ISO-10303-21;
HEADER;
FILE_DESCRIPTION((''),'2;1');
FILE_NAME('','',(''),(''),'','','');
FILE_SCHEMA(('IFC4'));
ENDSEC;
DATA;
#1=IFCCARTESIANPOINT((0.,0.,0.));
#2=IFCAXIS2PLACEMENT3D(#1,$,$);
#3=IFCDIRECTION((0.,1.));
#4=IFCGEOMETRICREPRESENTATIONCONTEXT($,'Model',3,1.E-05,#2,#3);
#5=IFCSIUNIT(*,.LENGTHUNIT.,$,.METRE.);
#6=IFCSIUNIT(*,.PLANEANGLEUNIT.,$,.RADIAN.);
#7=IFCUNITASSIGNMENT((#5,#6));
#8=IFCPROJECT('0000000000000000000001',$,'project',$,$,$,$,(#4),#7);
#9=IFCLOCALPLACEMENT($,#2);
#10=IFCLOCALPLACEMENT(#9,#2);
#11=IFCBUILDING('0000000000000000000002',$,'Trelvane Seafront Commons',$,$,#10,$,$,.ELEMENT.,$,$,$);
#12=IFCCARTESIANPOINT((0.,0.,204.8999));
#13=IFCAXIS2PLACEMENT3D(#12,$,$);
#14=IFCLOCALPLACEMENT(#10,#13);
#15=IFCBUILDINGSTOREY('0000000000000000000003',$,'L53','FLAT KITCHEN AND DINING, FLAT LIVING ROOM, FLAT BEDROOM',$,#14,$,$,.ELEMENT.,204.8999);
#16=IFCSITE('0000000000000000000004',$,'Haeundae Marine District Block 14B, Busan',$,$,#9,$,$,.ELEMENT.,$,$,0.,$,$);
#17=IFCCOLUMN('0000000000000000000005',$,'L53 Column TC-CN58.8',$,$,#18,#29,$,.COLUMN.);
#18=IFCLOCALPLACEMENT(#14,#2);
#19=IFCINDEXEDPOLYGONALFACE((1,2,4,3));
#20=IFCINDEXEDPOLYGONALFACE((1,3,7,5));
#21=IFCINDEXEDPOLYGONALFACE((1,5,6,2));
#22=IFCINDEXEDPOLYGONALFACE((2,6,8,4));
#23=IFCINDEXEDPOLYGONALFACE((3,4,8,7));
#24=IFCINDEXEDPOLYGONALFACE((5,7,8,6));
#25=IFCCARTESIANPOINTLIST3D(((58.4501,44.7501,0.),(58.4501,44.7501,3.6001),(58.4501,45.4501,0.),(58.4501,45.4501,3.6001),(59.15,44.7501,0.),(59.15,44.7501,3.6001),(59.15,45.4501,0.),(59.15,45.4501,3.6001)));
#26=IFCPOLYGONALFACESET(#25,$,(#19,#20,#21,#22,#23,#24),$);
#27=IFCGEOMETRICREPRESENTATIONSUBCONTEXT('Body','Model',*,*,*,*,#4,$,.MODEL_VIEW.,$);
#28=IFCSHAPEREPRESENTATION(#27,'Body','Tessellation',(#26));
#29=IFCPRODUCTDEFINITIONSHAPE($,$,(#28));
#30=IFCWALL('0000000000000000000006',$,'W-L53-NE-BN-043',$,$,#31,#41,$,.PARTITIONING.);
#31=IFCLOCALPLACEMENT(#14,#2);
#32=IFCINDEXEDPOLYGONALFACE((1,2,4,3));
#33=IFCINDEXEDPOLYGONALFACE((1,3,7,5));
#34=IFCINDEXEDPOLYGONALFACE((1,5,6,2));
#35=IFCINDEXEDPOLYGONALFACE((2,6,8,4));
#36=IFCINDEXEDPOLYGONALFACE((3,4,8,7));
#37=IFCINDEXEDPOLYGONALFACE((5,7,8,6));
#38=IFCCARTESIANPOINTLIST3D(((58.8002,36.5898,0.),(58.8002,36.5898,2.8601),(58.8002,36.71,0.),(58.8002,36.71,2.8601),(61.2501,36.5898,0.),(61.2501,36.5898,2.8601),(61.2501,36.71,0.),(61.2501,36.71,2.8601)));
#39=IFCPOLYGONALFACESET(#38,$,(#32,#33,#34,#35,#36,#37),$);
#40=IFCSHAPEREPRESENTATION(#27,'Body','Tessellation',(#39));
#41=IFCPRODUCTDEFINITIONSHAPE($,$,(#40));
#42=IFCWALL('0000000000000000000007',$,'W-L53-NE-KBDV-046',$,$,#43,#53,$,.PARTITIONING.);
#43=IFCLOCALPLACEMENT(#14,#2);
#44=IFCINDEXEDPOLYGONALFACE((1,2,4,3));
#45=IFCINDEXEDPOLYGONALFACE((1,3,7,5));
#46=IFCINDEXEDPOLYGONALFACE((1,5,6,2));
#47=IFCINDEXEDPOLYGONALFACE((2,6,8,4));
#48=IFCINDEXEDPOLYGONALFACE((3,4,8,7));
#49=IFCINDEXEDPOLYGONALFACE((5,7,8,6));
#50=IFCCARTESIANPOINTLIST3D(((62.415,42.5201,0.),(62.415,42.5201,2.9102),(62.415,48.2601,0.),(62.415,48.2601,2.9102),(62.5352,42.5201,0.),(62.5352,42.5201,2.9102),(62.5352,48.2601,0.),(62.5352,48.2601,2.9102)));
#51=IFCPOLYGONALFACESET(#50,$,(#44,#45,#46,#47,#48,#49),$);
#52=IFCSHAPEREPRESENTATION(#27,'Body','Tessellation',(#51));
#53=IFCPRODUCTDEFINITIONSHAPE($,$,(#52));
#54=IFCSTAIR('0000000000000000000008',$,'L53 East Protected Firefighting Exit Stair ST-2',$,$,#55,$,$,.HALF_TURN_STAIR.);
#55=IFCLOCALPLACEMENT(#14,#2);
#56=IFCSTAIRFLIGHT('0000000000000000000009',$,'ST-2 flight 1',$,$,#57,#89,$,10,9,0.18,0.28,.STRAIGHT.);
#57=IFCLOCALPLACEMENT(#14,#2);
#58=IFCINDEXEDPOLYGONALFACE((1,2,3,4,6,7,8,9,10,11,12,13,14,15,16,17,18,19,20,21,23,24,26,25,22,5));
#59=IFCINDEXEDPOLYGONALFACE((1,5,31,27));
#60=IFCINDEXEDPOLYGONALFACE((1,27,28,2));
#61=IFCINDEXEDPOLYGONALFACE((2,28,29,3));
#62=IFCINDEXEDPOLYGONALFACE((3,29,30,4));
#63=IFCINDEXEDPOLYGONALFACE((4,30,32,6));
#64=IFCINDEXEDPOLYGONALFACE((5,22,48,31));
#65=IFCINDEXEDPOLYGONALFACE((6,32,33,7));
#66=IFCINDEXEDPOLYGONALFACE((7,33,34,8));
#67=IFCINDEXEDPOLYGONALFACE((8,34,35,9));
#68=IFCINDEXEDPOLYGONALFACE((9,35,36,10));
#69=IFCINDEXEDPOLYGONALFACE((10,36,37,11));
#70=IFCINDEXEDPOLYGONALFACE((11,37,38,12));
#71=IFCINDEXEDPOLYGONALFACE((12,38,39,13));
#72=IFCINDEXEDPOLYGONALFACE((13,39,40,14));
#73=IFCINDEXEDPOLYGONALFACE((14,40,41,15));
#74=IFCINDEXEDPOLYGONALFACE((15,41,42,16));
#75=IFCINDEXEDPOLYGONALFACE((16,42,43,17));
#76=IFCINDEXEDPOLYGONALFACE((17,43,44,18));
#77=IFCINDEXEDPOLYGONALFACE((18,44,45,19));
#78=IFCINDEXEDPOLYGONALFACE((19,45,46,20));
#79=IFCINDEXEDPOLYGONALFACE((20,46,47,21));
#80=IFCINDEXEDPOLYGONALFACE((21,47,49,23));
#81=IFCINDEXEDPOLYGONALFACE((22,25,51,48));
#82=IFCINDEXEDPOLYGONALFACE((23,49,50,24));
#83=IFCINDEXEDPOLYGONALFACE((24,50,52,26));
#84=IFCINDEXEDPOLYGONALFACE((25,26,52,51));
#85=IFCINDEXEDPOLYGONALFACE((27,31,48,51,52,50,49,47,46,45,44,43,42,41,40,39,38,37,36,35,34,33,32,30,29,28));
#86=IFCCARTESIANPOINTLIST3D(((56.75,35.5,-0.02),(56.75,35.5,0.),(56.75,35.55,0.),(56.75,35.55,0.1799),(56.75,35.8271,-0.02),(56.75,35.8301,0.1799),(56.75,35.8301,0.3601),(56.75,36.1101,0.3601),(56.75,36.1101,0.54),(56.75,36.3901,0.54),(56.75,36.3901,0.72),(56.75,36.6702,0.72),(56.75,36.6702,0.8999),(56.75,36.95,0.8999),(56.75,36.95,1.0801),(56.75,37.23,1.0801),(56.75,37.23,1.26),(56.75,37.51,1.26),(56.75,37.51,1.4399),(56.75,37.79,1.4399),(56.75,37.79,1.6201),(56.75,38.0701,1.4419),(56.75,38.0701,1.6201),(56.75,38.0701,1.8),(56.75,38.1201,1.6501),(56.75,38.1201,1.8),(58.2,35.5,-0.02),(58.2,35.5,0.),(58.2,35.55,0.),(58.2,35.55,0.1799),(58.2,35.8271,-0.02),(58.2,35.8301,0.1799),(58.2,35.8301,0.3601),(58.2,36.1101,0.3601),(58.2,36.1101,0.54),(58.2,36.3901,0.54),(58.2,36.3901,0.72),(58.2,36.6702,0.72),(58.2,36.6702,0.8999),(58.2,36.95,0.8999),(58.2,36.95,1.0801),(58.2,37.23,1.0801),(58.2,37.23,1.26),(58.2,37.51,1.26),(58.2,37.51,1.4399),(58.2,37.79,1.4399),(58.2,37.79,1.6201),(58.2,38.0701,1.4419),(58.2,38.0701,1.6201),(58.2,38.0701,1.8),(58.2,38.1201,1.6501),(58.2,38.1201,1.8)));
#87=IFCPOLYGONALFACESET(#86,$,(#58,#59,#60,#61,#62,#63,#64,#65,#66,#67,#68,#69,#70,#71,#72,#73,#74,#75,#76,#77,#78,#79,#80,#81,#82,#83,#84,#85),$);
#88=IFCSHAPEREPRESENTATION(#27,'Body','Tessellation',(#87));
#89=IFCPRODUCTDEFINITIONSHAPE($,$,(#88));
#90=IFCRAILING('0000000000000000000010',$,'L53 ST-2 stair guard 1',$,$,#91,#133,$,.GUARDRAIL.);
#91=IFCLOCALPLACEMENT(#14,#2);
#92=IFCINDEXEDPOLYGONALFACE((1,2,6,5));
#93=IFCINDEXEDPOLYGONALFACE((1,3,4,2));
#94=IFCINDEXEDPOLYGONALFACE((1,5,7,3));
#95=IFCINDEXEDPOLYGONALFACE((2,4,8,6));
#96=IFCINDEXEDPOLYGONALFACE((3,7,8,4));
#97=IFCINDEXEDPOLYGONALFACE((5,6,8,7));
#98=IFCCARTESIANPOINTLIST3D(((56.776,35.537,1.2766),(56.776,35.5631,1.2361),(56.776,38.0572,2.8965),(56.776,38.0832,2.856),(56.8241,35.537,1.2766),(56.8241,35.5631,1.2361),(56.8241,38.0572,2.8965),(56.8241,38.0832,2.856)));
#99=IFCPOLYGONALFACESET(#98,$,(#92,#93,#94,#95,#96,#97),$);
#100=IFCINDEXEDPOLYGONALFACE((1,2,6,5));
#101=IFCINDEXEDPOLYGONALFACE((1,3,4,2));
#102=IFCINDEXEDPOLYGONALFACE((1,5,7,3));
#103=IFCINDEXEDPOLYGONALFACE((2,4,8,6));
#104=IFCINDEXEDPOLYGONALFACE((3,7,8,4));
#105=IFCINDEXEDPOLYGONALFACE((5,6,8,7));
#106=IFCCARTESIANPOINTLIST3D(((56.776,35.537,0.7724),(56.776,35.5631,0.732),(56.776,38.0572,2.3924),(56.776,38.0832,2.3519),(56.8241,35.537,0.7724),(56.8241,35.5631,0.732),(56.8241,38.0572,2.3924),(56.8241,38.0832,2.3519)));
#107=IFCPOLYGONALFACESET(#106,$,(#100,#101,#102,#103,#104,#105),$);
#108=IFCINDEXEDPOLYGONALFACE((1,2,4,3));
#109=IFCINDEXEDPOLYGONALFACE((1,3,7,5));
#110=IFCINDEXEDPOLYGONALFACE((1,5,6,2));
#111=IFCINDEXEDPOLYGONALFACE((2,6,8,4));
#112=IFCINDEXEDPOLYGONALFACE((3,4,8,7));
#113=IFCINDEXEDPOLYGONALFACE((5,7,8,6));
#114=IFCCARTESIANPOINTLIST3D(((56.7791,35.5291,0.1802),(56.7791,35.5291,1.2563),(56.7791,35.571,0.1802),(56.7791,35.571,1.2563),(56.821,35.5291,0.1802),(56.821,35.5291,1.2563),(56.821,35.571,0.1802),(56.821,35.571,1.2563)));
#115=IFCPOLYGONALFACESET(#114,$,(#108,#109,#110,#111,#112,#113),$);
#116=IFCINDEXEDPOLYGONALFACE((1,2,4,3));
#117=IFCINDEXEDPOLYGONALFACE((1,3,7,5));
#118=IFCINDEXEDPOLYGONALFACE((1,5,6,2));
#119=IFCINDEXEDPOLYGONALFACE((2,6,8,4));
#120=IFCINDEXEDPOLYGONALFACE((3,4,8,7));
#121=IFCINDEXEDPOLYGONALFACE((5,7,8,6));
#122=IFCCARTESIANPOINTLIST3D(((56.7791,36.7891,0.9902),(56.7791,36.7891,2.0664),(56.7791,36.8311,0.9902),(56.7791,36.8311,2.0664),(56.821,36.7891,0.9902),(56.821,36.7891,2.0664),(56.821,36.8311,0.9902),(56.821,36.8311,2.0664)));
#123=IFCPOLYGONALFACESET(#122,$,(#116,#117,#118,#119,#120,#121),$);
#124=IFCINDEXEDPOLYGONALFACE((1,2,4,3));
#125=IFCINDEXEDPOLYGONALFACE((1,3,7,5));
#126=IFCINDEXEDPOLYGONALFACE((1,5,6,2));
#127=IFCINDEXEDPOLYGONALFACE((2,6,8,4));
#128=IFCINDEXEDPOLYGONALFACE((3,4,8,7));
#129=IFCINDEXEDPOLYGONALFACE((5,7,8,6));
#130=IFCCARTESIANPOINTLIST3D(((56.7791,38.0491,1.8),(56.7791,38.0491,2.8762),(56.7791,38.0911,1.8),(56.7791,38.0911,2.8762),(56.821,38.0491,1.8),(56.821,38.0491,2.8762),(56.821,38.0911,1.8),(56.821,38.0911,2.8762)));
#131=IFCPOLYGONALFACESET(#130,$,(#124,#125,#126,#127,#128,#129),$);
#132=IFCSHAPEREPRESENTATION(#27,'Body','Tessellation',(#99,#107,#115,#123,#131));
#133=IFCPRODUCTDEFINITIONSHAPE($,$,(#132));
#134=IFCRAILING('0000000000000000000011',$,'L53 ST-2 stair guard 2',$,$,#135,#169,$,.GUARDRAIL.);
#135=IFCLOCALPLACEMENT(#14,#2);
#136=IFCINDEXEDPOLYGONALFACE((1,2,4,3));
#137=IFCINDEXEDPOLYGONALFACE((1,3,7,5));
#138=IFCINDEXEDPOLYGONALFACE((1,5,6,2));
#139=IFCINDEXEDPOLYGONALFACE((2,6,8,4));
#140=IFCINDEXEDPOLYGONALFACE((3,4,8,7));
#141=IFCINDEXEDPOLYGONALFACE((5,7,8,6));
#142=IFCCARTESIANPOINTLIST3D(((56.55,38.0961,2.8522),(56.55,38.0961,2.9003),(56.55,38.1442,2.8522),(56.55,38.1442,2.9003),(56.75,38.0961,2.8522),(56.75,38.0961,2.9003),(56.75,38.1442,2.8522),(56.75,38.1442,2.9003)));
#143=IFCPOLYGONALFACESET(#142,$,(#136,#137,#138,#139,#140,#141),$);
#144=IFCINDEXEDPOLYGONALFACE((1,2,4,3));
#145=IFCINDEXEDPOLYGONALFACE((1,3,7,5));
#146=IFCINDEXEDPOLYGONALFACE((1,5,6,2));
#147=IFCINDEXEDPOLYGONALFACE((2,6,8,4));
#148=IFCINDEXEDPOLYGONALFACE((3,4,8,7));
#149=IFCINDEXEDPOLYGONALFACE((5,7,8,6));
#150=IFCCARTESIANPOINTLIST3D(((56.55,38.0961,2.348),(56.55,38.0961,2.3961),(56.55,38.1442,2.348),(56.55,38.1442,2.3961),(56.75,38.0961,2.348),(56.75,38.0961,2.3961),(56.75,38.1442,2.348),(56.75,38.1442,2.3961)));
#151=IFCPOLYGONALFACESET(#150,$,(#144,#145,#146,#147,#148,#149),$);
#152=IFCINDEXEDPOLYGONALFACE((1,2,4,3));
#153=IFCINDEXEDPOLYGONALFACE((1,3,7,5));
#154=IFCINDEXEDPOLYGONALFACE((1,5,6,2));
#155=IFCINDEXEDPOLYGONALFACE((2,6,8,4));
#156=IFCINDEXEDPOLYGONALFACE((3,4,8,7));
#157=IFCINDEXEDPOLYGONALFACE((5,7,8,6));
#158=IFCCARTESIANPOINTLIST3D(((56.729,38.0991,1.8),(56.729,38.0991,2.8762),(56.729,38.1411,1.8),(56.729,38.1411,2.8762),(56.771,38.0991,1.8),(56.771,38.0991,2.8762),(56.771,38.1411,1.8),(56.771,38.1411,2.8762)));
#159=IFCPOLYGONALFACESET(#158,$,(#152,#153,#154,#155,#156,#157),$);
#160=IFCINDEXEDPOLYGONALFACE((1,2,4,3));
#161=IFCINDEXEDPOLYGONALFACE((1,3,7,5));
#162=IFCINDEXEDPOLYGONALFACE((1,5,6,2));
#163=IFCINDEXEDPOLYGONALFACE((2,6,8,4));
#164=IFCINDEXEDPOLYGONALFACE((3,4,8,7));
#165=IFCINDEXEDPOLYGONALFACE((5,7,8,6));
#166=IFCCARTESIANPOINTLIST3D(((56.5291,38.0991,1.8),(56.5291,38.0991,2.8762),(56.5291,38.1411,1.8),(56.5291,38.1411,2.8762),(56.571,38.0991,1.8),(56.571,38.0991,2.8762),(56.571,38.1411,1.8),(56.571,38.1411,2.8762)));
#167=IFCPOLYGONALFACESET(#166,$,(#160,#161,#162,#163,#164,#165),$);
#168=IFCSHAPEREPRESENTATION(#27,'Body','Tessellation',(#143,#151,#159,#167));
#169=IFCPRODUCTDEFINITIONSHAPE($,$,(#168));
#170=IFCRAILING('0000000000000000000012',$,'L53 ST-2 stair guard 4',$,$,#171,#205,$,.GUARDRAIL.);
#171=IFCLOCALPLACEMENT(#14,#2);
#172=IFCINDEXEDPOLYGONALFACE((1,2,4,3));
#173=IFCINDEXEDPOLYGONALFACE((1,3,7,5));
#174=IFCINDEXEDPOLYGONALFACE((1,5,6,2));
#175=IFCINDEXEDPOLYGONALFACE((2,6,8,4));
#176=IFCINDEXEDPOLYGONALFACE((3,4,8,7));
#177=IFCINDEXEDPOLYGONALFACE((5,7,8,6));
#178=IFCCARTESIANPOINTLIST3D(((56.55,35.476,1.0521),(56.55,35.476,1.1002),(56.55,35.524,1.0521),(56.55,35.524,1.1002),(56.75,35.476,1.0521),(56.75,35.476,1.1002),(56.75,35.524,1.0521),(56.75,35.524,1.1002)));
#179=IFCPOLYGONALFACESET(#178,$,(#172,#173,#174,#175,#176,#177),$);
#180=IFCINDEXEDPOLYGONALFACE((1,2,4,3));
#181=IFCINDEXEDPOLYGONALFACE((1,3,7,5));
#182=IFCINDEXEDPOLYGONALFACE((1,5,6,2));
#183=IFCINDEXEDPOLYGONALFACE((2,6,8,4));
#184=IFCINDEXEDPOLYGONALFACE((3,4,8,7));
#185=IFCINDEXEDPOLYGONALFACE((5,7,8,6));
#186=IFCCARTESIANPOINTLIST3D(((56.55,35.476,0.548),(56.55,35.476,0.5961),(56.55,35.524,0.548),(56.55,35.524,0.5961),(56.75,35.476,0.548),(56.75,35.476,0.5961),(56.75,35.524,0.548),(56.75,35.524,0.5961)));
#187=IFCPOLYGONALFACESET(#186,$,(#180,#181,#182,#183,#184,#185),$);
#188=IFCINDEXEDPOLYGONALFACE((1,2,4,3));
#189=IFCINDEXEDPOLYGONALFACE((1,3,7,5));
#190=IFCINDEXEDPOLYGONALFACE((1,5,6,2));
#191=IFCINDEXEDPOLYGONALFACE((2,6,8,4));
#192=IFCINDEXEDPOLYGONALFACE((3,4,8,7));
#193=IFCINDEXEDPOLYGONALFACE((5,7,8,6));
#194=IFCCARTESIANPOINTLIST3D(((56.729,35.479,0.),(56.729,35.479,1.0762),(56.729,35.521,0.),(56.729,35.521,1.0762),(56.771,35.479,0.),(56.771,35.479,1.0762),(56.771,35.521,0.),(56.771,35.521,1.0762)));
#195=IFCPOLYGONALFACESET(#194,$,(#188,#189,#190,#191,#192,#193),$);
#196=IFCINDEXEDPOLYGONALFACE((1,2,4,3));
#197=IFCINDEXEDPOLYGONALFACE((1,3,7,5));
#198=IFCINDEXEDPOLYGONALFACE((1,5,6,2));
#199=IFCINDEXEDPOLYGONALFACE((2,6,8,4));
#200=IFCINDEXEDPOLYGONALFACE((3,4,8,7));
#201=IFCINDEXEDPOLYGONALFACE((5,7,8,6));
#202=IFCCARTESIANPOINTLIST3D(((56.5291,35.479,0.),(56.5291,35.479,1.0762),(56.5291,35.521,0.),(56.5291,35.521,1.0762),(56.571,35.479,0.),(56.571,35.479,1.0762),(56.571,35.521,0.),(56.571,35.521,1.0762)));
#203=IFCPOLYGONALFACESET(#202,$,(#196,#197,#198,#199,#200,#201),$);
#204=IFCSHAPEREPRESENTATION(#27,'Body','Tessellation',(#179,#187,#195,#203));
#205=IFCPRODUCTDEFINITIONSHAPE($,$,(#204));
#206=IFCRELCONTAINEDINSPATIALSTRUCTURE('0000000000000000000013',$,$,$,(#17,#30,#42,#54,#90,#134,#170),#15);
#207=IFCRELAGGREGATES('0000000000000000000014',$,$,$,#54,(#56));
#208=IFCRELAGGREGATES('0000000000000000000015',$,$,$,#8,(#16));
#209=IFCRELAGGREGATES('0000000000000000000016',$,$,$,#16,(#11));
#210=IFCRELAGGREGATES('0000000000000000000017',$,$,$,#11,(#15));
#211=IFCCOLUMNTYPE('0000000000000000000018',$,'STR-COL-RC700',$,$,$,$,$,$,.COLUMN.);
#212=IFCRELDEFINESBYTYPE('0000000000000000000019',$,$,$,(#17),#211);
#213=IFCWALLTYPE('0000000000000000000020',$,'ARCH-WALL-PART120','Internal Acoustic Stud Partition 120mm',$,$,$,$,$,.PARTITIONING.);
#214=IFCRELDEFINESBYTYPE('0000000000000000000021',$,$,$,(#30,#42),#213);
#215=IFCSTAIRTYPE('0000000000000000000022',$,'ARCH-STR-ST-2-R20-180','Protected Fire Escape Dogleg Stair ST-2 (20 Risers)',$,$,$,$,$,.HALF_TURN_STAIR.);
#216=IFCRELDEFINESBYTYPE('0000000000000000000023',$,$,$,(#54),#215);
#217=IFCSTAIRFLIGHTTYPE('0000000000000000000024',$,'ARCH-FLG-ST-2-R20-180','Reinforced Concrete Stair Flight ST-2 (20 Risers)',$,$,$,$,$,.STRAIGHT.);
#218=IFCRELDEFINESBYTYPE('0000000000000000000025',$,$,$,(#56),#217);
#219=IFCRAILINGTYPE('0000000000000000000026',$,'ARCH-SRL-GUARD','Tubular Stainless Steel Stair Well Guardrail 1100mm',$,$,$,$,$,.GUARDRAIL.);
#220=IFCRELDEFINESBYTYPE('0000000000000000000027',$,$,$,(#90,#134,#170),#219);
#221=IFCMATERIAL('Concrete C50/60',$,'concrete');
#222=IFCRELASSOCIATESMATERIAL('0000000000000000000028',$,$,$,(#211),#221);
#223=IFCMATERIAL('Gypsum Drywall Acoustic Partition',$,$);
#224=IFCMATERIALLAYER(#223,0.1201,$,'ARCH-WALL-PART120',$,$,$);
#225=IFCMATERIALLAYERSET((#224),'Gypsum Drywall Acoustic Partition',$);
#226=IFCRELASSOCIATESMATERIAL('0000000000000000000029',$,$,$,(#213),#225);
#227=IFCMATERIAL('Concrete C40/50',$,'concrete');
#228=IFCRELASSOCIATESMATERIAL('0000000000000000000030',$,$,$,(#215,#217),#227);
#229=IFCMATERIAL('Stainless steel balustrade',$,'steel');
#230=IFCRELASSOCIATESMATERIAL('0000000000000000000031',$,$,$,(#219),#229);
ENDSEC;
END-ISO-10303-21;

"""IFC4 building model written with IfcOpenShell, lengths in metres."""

from ifc_helpers import new_model, si_unit, direction, frame, frame_2d, origin, origin_2d, place, context, subcontext, project, spatial, polyline, rectangle, outline, extrude, source, transform, mapped, material, layer, layer_set, material_profile, profile_set, type_object, element, aggregate, save


model = new_model("IFC4")

# Units and contexts
model_context = context("Model", 3, precision=1e-05, world=origin(), true_north=direction((0.0, 1.0)))
body_context = subcontext(model_context, "Body", "Model", "MODEL_VIEW")
ifc_project = project(units=[si_unit("LENGTHUNIT", "METRE"), si_unit("PLANEANGLEUNIT", "RADIAN")], contexts=[model_context])

# Site, building, storey
site_placement = place(None, origin())
site = spatial("IfcSite", under=ifc_project, at=site_placement, Name="Haeundae Marine District Block 14B, Busan", CompositionType="ELEMENT", RefElevation=0.0)
building_placement = place(site_placement, origin())
building = spatial("IfcBuilding", under=site, at=building_placement, Name="Trelvane Seafront Commons", CompositionType="ELEMENT")
storey_placement = place(building_placement, frame((0.0, 0.0, 204.8999)))
storey = spatial("IfcBuildingStorey", under=building, at=storey_placement, Name="L53", Description="FLAT KITCHEN AND DINING, FLAT LIVING ROOM, FLAT BEDROOM", CompositionType="ELEMENT", Elevation=204.8999)

# Column
ifc_material_1 = material(Name="Concrete C50/60", Category="concrete")
ifc_material_profile = material_profile(ifc_material_1, rectangle(XDim=0.7, YDim=0.7, at=origin_2d()), Name="RC-700x700")
ifc_profile_set = profile_set([ifc_material_profile], Name="Concrete C50/60")
column_type = type_object("IfcColumnType", Name="STR-COL-RC700", PredefinedType="COLUMN", material=ifc_profile_set)
shared_shape_1 = source(origin(), body_context, "Body", "SweptSolid", [
    extrude(rectangle(XDim=0.7, YDim=0.7, at=origin_2d()), origin(), (0.0, 0.0, 1.0), 3.6001),
])
column_placement = place(storey_placement, frame((58.8, 45.1001, 0.0), z_axis=(0.0, 0.0, 1.0), x_axis=(1.0, 0.0, 0.0)))
element("IfcColumn", 1, at=column_placement, inside=storey, type_object=column_type, Name="L53 Column TC-CN58.8", PredefinedType="COLUMN", context=body_context, shape_type="MappedRepresentation", body=[
    mapped(shared_shape_1, transform((0.0, 0.0, 0.0), x_axis=(1.0, 0.0, 0.0), y_axis=(0.0, 1.0, 0.0), z_axis=(0.0, 0.0, 1.0), scale=1.0)),
])

# Wall
ifc_material_2 = material(Name="Gypsum Drywall Acoustic Partition")
ifc_layer_1 = layer(ifc_material_2, 0.1201, Name="ARCH-WALL-PART120")
ifc_layer_set_1 = layer_set([ifc_layer_1], Name="Gypsum Drywall Acoustic Partition")
wall_type_1 = type_object("IfcWallType", Name="ARCH-WALL-PART120", Description="Internal Acoustic Stud Partition 120mm", PredefinedType="PARTITIONING", material=ifc_layer_set_1)
wall_1_placement = place(storey_placement, frame((58.8, 36.6499, 0.0), z_axis=(0.0, 0.0, 1.0), x_axis=(1.0, 0.0, 0.0)))
element("IfcWall", 2, at=wall_1_placement, inside=storey, type_object=wall_type_1, Name="W-L53-NE-BN-043", PredefinedType="PARTITIONING", context=body_context, shape_type="SweptSolid", body=[
    extrude(rectangle(XDim=2.45, YDim=0.1201, at=frame_2d((1.2251, 0.0))), origin(), (0.0, 0.0, 1.0), 2.8601),
])

# Wall
wall_2_placement = place(storey_placement, frame((62.4751, 42.52, 0.0), z_axis=(0.0, 0.0, 1.0), x_axis=(0.0, 1.0, 0.0)))
element("IfcWall", 3, at=wall_2_placement, inside=storey, type_object=wall_type_1, Name="W-L53-NE-KBDV-046", PredefinedType="PARTITIONING", context=body_context, shape_type="SweptSolid", body=[
    extrude(rectangle(XDim=5.74, YDim=0.1201, at=frame_2d((2.8701, 0.0))), origin(), (0.0, 0.0, 1.0), 2.9102),
])

# Stair, stair flight
ifc_material_3 = material(Name="Concrete C40/50", Category="concrete")
stair_type = type_object("IfcStairType", Name="ARCH-STR-ST-2-R20-180", Description="Protected Fire Escape Dogleg Stair ST-2 (20 Risers)", PredefinedType="HALF_TURN_STAIR", material=ifc_material_3)
stair_placement = place(storey_placement, origin())
stair = element("IfcStair", 4, at=stair_placement, inside=storey, type_object=stair_type, Name="L53 East Protected Firefighting Exit Stair ST-2", PredefinedType="HALF_TURN_STAIR")
stair_flight_type = type_object("IfcStairFlightType", Name="ARCH-FLG-ST-2-R20-180", Description="Reinforced Concrete Stair Flight ST-2 (20 Risers)", PredefinedType="STRAIGHT", material=ifc_material_3)
shared_shape_2 = source(origin(), body_context, "Body", "SweptSolid", [
    extrude(outline(polyline([(-0.05, -0.02), (-0.05, 0.0), (0.0, 0.0), (0.0, 0.1799), (0.28, 0.1799), (0.28, 0.3601), (0.5601, 0.3601), (0.5601, 0.54), (0.8401, 0.54), (0.8401, 0.72), (1.1201, 0.72), (1.1201, 0.8999), (1.3999, 0.8999), (1.3999, 1.0801), (1.6799, 1.0801), (1.6799, 1.26), (1.96, 1.26), (1.96, 1.4399), (2.24, 1.4399), (2.24, 1.6201), (2.52, 1.6201), (2.52, 1.8), (2.5701, 1.8), (2.5701, 1.6501), (2.52, 1.4419), (0.2771, -0.02), (-0.05, -0.02)])), frame((0.0, 0.7251, 0.0), z_axis=(0.0, -1.0, 0.0), x_axis=(1.0, 0.0, 0.0)), (0.0, 0.0, 1.0), 1.45),
])
stair_flight_placement = place(storey_placement, frame((57.4751, 35.55, 0.0), z_axis=(0.0, 0.0, 1.0), x_axis=(0.0, 1.0, 0.0)))
stair_flight = element("IfcStairFlight", 5, at=stair_flight_placement, type_object=stair_flight_type, Name="ST-2 flight 1", NumberOfRisers=10, NumberOfTreads=9, PredefinedType="STRAIGHT", RiserHeight=0.18, TreadLength=0.28, context=body_context, shape_type="MappedRepresentation", body=[
    mapped(shared_shape_2, transform((0.0, 0.0, 0.0), x_axis=(1.0, 0.0, 0.0), y_axis=(0.0, 1.0, 0.0), z_axis=(0.0, 0.0, 1.0), scale=1.0)),
])
aggregate(stair, [stair_flight])

# Railings
ifc_material_4 = material(Name="Stainless steel balustrade", Category="steel")
railing_type_1 = type_object("IfcRailingType", Name="ARCH-SRL-GUARD", Description="Tubular Stainless Steel Stair Well Guardrail 1100mm", PredefinedType="GUARDRAIL", material=ifc_material_4)
railing_1_placement = place(storey_placement, frame((56.8, 35.55, 0.1802)))
element("IfcRailing", 6, at=railing_1_placement, inside=storey, type_object=railing_type_1, Name="L53 ST-2 stair guard 1", PredefinedType="GUARDRAIL", context=body_context, shape_type="SweptSolid", body=[
    extrude(rectangle(XDim=0.0481, YDim=0.0481, at=origin_2d()), frame((0.0, 0.0, 1.0762), z_axis=(0.0, 0.8412, 0.540725), x_axis=(-1.0, 0.0, 0.0)), (0.0, 0.0, 1.0), 2.9958),
    extrude(rectangle(XDim=0.0481, YDim=0.0481, at=origin_2d()), frame((0.0, 0.0, 0.572), z_axis=(0.0, 0.8412, 0.540725), x_axis=(-1.0, 0.0, 0.0)), (0.0, 0.0, 1.0), 2.9958),
    extrude(rectangle(XDim=0.042, YDim=0.042, at=origin_2d()), origin(), (0.0, 0.0, 1.0), 1.0762),
    extrude(rectangle(XDim=0.042, YDim=0.042, at=origin_2d()), frame((0.0, 1.26, 0.8101)), (0.0, 0.0, 1.0), 1.0762),
    extrude(rectangle(XDim=0.042, YDim=0.042, at=origin_2d()), frame((0.0, 2.52, 1.6199)), (0.0, 0.0, 1.0), 1.0762),
])
for number, where, name in (
    (7, (56.75, 38.1201, 1.8), "L53 ST-2 stair guard 2"),
    (8, (56.75, 35.5, 0.0), "L53 ST-2 stair guard 4"),
):
    element("IfcRailing", number, at=place(storey_placement, frame(where)), inside=storey, type_object=railing_type_1, Name=name, PredefinedType="GUARDRAIL", context=body_context, shape_type="SweptSolid", body=[
        extrude(rectangle(XDim=0.0481, YDim=0.0481, at=origin_2d()), frame((0.0, 0.0, 1.0762), z_axis=(-1.0, 0.0, 0.0), x_axis=(0.0, -1.0, 0.0)), (0.0, 0.0, 1.0), 0.2),
        extrude(rectangle(XDim=0.0481, YDim=0.0481, at=origin_2d()), frame((0.0, 0.0, 0.572), z_axis=(-1.0, 0.0, 0.0), x_axis=(0.0, -1.0, 0.0)), (0.0, 0.0, 1.0), 0.2),
        extrude(rectangle(XDim=0.042, YDim=0.042, at=origin_2d()), origin(), (0.0, 0.0, 1.0), 1.0762),
        extrude(rectangle(XDim=0.042, YDim=0.042, at=origin_2d()), frame((-0.2, 0.0, 0.0)), (0.0, 0.0, 1.0), 1.0762),
    ])

save(model, "model.ifc")
